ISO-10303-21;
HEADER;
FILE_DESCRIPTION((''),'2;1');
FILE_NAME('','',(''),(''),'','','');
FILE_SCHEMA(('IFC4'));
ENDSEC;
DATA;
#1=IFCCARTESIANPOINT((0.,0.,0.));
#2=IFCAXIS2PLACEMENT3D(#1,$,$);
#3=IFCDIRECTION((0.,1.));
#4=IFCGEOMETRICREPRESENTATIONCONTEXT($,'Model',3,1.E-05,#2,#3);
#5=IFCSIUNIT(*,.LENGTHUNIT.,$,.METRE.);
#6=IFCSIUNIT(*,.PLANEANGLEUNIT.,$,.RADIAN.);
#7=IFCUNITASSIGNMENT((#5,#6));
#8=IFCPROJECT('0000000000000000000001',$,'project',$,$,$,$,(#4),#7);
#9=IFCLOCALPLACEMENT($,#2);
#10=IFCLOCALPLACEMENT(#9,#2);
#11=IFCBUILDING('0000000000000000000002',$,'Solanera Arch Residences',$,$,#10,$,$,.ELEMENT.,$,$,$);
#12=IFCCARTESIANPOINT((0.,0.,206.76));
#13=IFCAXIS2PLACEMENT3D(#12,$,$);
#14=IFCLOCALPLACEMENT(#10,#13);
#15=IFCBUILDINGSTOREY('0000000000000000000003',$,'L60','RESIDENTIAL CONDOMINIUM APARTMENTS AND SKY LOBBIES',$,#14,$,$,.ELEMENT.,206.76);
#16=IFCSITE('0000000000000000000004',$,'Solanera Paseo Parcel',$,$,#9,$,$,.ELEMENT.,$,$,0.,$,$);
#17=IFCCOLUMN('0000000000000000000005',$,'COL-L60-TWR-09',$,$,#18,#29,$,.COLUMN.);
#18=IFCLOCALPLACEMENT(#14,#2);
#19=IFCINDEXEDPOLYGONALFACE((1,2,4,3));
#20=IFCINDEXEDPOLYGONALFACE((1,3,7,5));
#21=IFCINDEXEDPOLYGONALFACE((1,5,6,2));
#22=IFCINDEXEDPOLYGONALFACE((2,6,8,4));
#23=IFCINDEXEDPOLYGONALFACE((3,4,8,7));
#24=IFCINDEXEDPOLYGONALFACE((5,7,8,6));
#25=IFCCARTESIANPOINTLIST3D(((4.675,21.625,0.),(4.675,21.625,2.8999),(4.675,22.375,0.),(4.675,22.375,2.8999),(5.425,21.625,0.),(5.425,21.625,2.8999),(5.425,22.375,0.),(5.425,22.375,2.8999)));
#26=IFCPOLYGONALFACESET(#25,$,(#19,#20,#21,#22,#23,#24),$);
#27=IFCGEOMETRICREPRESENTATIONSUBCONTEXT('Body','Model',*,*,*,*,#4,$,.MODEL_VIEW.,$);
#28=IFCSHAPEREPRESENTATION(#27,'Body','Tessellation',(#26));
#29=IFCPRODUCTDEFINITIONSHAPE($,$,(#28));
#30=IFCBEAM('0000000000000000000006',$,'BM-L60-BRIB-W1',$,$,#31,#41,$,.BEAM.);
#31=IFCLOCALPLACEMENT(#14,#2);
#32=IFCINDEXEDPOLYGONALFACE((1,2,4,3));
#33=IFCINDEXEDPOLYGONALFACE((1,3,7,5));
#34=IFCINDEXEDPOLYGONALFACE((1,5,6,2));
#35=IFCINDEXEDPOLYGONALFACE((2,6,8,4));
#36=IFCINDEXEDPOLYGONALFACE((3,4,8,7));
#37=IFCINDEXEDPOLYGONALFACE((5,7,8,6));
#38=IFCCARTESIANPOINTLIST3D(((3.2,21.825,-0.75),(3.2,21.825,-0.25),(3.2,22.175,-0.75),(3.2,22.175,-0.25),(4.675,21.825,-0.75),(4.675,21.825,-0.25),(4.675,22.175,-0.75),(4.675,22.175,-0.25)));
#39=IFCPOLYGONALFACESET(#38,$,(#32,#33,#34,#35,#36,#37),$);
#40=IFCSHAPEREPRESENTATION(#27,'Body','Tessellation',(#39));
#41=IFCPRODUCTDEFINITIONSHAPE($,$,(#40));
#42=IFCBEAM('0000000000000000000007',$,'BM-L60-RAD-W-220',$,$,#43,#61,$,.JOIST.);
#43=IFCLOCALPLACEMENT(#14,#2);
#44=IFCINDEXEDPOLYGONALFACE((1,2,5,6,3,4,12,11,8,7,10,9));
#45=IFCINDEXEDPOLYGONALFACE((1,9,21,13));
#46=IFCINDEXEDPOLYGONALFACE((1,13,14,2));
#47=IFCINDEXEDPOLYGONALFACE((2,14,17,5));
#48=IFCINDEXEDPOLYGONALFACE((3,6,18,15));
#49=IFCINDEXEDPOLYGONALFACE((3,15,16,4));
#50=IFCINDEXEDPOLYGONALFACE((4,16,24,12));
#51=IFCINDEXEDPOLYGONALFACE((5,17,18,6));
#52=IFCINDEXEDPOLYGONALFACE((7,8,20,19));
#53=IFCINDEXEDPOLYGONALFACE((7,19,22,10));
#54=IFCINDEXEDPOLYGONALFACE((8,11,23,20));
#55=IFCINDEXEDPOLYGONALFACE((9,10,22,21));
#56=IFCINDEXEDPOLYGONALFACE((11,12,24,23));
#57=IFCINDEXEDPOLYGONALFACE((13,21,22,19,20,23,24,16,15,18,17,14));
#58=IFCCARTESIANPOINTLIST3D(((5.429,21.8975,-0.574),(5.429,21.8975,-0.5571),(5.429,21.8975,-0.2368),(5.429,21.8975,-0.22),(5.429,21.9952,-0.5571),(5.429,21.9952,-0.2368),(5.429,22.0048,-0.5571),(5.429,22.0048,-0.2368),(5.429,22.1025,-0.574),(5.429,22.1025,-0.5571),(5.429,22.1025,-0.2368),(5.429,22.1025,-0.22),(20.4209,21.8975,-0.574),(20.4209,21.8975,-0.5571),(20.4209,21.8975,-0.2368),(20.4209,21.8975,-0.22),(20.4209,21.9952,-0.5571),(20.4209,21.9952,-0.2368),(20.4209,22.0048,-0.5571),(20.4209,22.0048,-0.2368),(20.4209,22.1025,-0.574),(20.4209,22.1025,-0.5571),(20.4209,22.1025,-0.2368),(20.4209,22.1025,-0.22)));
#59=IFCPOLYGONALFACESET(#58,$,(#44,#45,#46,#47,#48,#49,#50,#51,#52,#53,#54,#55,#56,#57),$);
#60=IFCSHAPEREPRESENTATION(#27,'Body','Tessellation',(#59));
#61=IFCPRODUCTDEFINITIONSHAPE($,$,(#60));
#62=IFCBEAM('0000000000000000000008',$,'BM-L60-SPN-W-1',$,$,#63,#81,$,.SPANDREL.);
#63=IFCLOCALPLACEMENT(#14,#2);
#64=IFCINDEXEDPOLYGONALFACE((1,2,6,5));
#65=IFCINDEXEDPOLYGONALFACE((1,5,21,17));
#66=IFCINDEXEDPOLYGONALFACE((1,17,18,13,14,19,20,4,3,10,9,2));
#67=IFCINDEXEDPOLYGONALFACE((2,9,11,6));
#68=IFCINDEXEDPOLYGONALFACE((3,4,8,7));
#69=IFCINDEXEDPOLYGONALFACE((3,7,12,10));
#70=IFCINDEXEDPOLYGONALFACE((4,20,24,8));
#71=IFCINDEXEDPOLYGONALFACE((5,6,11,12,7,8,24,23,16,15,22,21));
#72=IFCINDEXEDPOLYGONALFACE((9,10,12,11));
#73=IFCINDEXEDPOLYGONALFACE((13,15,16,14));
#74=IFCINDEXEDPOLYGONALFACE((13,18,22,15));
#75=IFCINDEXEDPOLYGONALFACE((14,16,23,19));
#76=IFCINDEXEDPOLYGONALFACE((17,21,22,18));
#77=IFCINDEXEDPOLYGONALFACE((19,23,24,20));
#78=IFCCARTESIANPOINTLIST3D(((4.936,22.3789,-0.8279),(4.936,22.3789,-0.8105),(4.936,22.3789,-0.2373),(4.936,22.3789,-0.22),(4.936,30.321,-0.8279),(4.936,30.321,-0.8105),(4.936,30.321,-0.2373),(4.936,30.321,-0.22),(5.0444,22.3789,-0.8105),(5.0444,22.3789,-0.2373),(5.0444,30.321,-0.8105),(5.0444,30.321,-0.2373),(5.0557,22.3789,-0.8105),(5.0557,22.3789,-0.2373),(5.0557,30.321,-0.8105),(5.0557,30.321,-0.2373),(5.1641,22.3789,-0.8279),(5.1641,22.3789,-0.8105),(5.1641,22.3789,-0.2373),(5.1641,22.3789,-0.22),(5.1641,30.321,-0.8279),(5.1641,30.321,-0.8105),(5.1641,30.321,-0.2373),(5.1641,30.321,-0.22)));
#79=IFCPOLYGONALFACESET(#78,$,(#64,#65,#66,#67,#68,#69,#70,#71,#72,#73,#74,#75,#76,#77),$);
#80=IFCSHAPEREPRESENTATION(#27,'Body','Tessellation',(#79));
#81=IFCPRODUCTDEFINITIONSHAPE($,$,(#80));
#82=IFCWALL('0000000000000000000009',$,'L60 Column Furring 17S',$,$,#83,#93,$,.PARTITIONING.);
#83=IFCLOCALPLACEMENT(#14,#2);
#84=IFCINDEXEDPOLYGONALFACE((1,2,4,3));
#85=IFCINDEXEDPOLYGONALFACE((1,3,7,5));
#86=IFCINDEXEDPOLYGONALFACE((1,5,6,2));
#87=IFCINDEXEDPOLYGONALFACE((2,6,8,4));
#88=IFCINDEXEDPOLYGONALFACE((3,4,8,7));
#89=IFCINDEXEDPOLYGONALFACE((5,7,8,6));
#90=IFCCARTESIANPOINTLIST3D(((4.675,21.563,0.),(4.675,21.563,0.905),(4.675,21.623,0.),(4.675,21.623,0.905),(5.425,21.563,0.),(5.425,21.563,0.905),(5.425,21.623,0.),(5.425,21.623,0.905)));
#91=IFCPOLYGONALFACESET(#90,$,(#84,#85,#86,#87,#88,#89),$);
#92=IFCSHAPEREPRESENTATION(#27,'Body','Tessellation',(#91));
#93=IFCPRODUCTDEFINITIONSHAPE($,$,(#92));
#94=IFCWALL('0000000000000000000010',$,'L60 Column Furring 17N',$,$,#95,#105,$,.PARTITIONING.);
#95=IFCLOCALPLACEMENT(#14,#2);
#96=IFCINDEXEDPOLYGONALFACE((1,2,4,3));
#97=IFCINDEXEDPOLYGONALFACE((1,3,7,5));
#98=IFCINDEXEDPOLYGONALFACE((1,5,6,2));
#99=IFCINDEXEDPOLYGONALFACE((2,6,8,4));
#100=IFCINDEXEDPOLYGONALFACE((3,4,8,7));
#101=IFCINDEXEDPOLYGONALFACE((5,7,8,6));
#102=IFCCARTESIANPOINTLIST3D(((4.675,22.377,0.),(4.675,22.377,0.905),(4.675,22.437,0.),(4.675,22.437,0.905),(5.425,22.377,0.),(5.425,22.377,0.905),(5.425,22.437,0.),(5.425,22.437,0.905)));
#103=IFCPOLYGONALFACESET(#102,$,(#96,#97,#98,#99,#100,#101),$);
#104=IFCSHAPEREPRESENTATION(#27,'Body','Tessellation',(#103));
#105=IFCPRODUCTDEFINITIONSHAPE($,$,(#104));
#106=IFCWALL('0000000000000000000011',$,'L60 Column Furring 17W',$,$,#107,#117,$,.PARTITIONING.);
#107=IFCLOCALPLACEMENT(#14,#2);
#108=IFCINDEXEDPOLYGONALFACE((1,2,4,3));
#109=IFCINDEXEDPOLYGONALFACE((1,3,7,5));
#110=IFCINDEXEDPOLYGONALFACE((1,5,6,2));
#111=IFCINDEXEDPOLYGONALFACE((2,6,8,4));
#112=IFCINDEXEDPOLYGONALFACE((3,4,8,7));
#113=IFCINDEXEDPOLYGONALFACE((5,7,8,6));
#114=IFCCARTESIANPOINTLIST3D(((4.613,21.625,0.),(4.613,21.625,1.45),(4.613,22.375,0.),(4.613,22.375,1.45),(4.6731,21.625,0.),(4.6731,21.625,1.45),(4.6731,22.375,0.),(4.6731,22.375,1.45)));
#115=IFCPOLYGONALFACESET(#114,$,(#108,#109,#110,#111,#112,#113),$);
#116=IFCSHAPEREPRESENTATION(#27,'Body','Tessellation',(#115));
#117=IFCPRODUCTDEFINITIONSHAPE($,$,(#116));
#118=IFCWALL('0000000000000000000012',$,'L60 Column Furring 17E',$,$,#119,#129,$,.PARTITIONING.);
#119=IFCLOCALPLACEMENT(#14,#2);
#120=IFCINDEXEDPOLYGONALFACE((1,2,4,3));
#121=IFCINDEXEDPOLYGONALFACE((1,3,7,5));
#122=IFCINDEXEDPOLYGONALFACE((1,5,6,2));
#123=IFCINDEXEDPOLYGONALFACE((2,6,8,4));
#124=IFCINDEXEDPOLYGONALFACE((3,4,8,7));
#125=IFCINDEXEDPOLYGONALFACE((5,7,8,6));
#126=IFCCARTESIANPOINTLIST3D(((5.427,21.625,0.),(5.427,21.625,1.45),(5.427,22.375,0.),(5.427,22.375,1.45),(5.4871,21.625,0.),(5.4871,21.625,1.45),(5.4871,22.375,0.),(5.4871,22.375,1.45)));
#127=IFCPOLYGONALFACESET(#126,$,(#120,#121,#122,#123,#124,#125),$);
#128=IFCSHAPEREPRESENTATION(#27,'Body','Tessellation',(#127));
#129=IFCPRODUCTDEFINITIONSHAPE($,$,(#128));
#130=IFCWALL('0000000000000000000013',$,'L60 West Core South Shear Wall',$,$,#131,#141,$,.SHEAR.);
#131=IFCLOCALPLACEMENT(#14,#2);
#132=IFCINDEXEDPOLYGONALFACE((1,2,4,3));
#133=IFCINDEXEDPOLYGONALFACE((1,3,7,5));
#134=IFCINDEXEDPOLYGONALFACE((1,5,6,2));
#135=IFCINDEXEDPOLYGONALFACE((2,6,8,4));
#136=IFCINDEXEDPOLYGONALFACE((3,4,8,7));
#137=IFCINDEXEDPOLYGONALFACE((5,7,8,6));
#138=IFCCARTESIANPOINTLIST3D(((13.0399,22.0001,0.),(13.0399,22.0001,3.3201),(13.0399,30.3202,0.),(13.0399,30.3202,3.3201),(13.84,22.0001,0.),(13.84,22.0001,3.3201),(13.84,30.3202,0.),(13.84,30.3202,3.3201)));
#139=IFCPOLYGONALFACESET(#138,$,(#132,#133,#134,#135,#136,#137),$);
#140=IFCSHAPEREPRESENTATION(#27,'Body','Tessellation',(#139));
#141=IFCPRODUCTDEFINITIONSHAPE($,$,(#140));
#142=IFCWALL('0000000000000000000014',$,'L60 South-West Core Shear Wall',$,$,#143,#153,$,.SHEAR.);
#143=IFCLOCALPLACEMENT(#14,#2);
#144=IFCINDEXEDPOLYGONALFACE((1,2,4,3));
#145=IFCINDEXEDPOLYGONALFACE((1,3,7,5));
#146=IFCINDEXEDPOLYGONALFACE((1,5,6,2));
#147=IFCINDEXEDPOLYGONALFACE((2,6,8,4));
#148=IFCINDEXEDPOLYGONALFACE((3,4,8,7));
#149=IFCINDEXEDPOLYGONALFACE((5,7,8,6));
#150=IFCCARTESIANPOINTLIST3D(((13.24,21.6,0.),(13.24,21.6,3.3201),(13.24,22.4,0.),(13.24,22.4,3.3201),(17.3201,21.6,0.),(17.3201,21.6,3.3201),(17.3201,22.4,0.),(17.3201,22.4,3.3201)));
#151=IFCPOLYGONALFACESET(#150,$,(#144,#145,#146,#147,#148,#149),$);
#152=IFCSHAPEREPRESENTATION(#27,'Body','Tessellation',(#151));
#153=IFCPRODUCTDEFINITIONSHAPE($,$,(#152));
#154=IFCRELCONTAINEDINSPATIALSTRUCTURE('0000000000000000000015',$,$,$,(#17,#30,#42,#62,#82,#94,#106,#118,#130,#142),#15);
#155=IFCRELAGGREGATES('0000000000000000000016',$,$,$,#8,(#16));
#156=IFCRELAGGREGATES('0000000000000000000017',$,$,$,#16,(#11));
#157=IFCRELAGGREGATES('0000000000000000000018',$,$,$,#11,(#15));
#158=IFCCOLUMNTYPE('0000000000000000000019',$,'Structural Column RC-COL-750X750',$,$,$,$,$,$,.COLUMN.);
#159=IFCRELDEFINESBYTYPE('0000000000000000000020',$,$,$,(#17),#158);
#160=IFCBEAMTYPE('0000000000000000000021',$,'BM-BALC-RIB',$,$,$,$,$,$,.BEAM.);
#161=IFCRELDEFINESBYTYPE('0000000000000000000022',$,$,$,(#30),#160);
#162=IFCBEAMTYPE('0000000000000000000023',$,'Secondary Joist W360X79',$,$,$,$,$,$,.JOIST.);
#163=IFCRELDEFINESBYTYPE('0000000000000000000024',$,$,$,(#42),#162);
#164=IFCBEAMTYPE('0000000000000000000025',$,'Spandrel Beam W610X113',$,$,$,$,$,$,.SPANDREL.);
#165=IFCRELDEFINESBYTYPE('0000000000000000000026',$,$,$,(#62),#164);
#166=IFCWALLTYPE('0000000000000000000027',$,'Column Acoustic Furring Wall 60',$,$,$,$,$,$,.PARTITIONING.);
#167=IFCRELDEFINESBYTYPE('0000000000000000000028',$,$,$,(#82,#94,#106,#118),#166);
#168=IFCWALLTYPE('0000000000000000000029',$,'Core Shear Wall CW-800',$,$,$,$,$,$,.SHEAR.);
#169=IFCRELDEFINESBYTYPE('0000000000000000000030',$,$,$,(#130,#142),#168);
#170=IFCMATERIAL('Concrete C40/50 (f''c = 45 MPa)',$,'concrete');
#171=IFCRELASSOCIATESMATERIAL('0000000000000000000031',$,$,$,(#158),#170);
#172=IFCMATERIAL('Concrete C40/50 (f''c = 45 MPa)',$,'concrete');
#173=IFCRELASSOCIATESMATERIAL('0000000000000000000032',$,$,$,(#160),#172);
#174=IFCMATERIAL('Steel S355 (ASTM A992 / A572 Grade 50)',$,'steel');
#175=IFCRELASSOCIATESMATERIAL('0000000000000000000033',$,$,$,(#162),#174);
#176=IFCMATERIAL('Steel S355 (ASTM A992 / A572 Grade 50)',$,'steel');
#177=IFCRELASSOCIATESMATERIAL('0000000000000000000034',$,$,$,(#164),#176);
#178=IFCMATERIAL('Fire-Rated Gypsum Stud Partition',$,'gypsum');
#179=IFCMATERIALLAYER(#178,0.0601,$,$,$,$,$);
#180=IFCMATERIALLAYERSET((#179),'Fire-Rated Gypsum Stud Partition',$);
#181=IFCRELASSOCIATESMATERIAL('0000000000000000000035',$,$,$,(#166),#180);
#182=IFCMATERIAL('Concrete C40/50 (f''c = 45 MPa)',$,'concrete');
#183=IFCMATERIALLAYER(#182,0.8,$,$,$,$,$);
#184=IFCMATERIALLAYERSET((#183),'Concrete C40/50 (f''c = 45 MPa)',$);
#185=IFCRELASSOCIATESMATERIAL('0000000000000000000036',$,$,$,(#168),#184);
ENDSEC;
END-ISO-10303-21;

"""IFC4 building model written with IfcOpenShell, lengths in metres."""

from ifc_helpers import new_model, si_unit, direction, frame, frame_2d, origin, origin_2d, place, context, subcontext, project, spatial, rectangle, i_section, extrude, material, layer, layer_set, material_profile, profile_set, type_object, element, save


model = new_model("IFC4")

# Units and contexts
model_context = context("Model", 3, precision=1e-05, world=origin(), true_north=direction((0.0, 1.0)))
body_context = subcontext(model_context, "Body", "Model", "MODEL_VIEW")
ifc_project = project(units=[si_unit("LENGTHUNIT", "METRE"), si_unit("PLANEANGLEUNIT", "RADIAN")], contexts=[model_context])

# Site, building, storey
site_placement = place(None, origin())
site = spatial("IfcSite", under=ifc_project, at=site_placement, Name="Solanera Paseo Parcel", CompositionType="ELEMENT", RefElevation=0.0)
building_placement = place(site_placement, origin())
building = spatial("IfcBuilding", under=site, at=building_placement, Name="Solanera Arch Residences", CompositionType="ELEMENT")
storey_placement = place(building_placement, frame((0.0, 0.0, 206.76)))
storey = spatial("IfcBuildingStorey", under=building, at=storey_placement, Name="L60", Description="RESIDENTIAL CONDOMINIUM APARTMENTS AND SKY LOBBIES", CompositionType="ELEMENT", Elevation=206.76)

# Column
ifc_material_1 = material(Name="Concrete C40/50 (f'c = 45 MPa)", Category="concrete")
ifc_material_profile_1 = material_profile(ifc_material_1, rectangle(XDim=0.75, YDim=0.75, at=origin_2d()))
ifc_profile_set_1 = profile_set([ifc_material_profile_1], Name="Concrete C40/50 (f'c = 45 MPa)")
column_type = type_object("IfcColumnType", Name="Structural Column RC-COL-750X750", PredefinedType="COLUMN", material=ifc_profile_set_1)
column_placement = place(storey_placement, frame((5.05, 22.0, 0.0), z_axis=(0.0, 0.0, 1.0), x_axis=(1.0, 0.0, 0.0)))
element("IfcColumn", 1, at=column_placement, inside=storey, type_object=column_type, Name="COL-L60-TWR-09", PredefinedType="COLUMN", context=body_context, shape_type="SweptSolid", body=[
    extrude(rectangle(XDim=0.75, YDim=0.75, at=origin_2d()), origin(), (0.0, 0.0, 1.0), 2.8999),
])

# Beams
ifc_material_2 = material(Name="Concrete C40/50 (f'c = 45 MPa)", Category="concrete")
ifc_material_profile_2 = material_profile(ifc_material_2, rectangle(XDim=0.3501, YDim=0.5, at=origin_2d()))
ifc_profile_set_2 = profile_set([ifc_material_profile_2], Name="Concrete C40/50 (f'c = 45 MPa)")
beam_type_1 = type_object("IfcBeamType", Name="BM-BALC-RIB", PredefinedType="BEAM", material=ifc_profile_set_2)
beam_1_placement = place(storey_placement, frame((3.2, 22.0, -0.5), z_axis=(1.0, 0.0, 0.0), x_axis=(0.0, 1.0, 0.0)))
element("IfcBeam", 2, at=beam_1_placement, inside=storey, type_object=beam_type_1, Name="BM-L60-BRIB-W1", PredefinedType="BEAM", context=body_context, shape_type="SweptSolid", body=[
    extrude(rectangle(XDim=0.3501, YDim=0.5, at=origin_2d()), origin(), (0.0, 0.0, 1.0), 1.4751),
])
ifc_material_3 = material(Name="Steel S355 (ASTM A992 / A572 Grade 50)", Category="steel")
ifc_material_profile_3 = material_profile(ifc_material_3, i_section(OverallWidth=0.2051, OverallDepth=0.354, WebThickness=0.0095, FlangeThickness=0.0168, at=origin_2d()))
ifc_profile_set_3 = profile_set([ifc_material_profile_3], Name="Steel S355 (ASTM A992 / A572 Grade 50)")
beam_type_2 = type_object("IfcBeamType", Name="Secondary Joist W360X79", PredefinedType="JOIST", material=ifc_profile_set_3)
beam_2_placement = place(storey_placement, frame((5.429, 22.0, -0.397), z_axis=(1.0, 0.0, 0.0), x_axis=(0.0, 1.0, 0.0)))
element("IfcBeam", 3, at=beam_2_placement, inside=storey, type_object=beam_type_2, Name="BM-L60-RAD-W-220", PredefinedType="JOIST", context=body_context, shape_type="SweptSolid", body=[
    extrude(i_section(OverallWidth=0.2051, OverallDepth=0.354, WebThickness=0.0095, FlangeThickness=0.0168, at=origin_2d()), origin(), (0.0, 0.0, 1.0), 14.9919),
])
ifc_material_4 = material(Name="Steel S355 (ASTM A992 / A572 Grade 50)", Category="steel")
ifc_material_profile_4 = material_profile(ifc_material_4, i_section(OverallWidth=0.228, OverallDepth=0.6079, WebThickness=0.0112, FlangeThickness=0.0173, at=origin_2d()))
ifc_profile_set_4 = profile_set([ifc_material_profile_4], Name="Steel S355 (ASTM A992 / A572 Grade 50)")
beam_type_3 = type_object("IfcBeamType", Name="Spandrel Beam W610X113", PredefinedType="SPANDREL", material=ifc_profile_set_4)
beam_3_placement = place(storey_placement, frame((5.05, 22.3789, -0.5239), z_axis=(0.0, 1.0, 0.0), x_axis=(-1.0, 0.0, 0.0)))
element("IfcBeam", 4, at=beam_3_placement, inside=storey, type_object=beam_type_3, Name="BM-L60-SPN-W-1", PredefinedType="SPANDREL", context=body_context, shape_type="SweptSolid", body=[
    extrude(i_section(OverallWidth=0.228, OverallDepth=0.6079, WebThickness=0.0112, FlangeThickness=0.0173, at=origin_2d()), origin(), (0.0, 0.0, 1.0), 7.9421),
])

# Walls
ifc_material_5 = material(Name="Fire-Rated Gypsum Stud Partition", Category="gypsum")
ifc_layer_1 = layer(ifc_material_5, 0.0601)
ifc_layer_set_1 = layer_set([ifc_layer_1], Name="Fire-Rated Gypsum Stud Partition")
wall_type_1 = type_object("IfcWallType", Name="Column Acoustic Furring Wall 60", PredefinedType="PARTITIONING", material=ifc_layer_set_1)
for number, where, z_axis, x_axis, name in (
    (5, (4.675, 21.593, 0.0), (0.0, 0.0, 1.0), (1.0, 0.0, 0.0), "L60 Column Furring 17S"),
    (6, (4.675, 22.407, 0.0), (0.0, 0.0, 1.0), (1.0, 0.0, 0.0), "L60 Column Furring 17N"),
):
    element("IfcWall", number, at=place(storey_placement, frame(where, z_axis=z_axis, x_axis=x_axis)), inside=storey, type_object=wall_type_1, Name=name, PredefinedType="PARTITIONING", context=body_context, shape_type="SweptSolid", body=[
        extrude(rectangle(XDim=0.75, YDim=0.0601, at=frame_2d((0.375, 0.0))), origin(), (0.0, 0.0, 1.0), 0.905),
    ])
for number, where, z_axis, x_axis, name in (
    (7, (4.6431, 21.625, 0.0), (0.0, 0.0, 1.0), (0.0, 1.0, 0.0), "L60 Column Furring 17W"),
    (8, (5.457, 21.625, 0.0), (0.0, 0.0, 1.0), (0.0, 1.0, 0.0), "L60 Column Furring 17E"),
):
    element("IfcWall", number, at=place(storey_placement, frame(where, z_axis=z_axis, x_axis=x_axis)), inside=storey, type_object=wall_type_1, Name=name, PredefinedType="PARTITIONING", context=body_context, shape_type="SweptSolid", body=[
        extrude(rectangle(XDim=0.75, YDim=0.0601, at=frame_2d((0.375, 0.0))), origin(), (0.0, 0.0, 1.0), 1.45),
    ])
ifc_material_6 = material(Name="Concrete C40/50 (f'c = 45 MPa)", Category="concrete")
ifc_layer_2 = layer(ifc_material_6, 0.8)
ifc_layer_set_2 = layer_set([ifc_layer_2], Name="Concrete C40/50 (f'c = 45 MPa)")
wall_type_2 = type_object("IfcWallType", Name="Core Shear Wall CW-800", PredefinedType="SHEAR", material=ifc_layer_set_2)
wall_1_placement = place(storey_placement, frame((13.4399, 22.0, 0.0), z_axis=(0.0, 0.0, 1.0), x_axis=(0.0, 1.0, 0.0)))
element("IfcWall", 9, at=wall_1_placement, inside=storey, type_object=wall_type_2, Name="L60 West Core South Shear Wall", PredefinedType="SHEAR", context=body_context, shape_type="SweptSolid", body=[
    extrude(rectangle(XDim=8.3201, YDim=0.8, at=frame_2d((4.1602, 0.0))), origin(), (0.0, 0.0, 1.0), 3.3201),
])
wall_2_placement = place(storey_placement, frame((13.24, 22.0, 0.0), z_axis=(0.0, 0.0, 1.0), x_axis=(1.0, 0.0, 0.0)))
element("IfcWall", 10, at=wall_2_placement, inside=storey, type_object=wall_type_2, Name="L60 South-West Core Shear Wall", PredefinedType="SHEAR", context=body_context, shape_type="SweptSolid", body=[
    extrude(rectangle(XDim=4.0801, YDim=0.8, at=frame_2d((2.04, 0.0))), origin(), (0.0, 0.0, 1.0), 3.3201),
])

save(model, "model.ifc")
